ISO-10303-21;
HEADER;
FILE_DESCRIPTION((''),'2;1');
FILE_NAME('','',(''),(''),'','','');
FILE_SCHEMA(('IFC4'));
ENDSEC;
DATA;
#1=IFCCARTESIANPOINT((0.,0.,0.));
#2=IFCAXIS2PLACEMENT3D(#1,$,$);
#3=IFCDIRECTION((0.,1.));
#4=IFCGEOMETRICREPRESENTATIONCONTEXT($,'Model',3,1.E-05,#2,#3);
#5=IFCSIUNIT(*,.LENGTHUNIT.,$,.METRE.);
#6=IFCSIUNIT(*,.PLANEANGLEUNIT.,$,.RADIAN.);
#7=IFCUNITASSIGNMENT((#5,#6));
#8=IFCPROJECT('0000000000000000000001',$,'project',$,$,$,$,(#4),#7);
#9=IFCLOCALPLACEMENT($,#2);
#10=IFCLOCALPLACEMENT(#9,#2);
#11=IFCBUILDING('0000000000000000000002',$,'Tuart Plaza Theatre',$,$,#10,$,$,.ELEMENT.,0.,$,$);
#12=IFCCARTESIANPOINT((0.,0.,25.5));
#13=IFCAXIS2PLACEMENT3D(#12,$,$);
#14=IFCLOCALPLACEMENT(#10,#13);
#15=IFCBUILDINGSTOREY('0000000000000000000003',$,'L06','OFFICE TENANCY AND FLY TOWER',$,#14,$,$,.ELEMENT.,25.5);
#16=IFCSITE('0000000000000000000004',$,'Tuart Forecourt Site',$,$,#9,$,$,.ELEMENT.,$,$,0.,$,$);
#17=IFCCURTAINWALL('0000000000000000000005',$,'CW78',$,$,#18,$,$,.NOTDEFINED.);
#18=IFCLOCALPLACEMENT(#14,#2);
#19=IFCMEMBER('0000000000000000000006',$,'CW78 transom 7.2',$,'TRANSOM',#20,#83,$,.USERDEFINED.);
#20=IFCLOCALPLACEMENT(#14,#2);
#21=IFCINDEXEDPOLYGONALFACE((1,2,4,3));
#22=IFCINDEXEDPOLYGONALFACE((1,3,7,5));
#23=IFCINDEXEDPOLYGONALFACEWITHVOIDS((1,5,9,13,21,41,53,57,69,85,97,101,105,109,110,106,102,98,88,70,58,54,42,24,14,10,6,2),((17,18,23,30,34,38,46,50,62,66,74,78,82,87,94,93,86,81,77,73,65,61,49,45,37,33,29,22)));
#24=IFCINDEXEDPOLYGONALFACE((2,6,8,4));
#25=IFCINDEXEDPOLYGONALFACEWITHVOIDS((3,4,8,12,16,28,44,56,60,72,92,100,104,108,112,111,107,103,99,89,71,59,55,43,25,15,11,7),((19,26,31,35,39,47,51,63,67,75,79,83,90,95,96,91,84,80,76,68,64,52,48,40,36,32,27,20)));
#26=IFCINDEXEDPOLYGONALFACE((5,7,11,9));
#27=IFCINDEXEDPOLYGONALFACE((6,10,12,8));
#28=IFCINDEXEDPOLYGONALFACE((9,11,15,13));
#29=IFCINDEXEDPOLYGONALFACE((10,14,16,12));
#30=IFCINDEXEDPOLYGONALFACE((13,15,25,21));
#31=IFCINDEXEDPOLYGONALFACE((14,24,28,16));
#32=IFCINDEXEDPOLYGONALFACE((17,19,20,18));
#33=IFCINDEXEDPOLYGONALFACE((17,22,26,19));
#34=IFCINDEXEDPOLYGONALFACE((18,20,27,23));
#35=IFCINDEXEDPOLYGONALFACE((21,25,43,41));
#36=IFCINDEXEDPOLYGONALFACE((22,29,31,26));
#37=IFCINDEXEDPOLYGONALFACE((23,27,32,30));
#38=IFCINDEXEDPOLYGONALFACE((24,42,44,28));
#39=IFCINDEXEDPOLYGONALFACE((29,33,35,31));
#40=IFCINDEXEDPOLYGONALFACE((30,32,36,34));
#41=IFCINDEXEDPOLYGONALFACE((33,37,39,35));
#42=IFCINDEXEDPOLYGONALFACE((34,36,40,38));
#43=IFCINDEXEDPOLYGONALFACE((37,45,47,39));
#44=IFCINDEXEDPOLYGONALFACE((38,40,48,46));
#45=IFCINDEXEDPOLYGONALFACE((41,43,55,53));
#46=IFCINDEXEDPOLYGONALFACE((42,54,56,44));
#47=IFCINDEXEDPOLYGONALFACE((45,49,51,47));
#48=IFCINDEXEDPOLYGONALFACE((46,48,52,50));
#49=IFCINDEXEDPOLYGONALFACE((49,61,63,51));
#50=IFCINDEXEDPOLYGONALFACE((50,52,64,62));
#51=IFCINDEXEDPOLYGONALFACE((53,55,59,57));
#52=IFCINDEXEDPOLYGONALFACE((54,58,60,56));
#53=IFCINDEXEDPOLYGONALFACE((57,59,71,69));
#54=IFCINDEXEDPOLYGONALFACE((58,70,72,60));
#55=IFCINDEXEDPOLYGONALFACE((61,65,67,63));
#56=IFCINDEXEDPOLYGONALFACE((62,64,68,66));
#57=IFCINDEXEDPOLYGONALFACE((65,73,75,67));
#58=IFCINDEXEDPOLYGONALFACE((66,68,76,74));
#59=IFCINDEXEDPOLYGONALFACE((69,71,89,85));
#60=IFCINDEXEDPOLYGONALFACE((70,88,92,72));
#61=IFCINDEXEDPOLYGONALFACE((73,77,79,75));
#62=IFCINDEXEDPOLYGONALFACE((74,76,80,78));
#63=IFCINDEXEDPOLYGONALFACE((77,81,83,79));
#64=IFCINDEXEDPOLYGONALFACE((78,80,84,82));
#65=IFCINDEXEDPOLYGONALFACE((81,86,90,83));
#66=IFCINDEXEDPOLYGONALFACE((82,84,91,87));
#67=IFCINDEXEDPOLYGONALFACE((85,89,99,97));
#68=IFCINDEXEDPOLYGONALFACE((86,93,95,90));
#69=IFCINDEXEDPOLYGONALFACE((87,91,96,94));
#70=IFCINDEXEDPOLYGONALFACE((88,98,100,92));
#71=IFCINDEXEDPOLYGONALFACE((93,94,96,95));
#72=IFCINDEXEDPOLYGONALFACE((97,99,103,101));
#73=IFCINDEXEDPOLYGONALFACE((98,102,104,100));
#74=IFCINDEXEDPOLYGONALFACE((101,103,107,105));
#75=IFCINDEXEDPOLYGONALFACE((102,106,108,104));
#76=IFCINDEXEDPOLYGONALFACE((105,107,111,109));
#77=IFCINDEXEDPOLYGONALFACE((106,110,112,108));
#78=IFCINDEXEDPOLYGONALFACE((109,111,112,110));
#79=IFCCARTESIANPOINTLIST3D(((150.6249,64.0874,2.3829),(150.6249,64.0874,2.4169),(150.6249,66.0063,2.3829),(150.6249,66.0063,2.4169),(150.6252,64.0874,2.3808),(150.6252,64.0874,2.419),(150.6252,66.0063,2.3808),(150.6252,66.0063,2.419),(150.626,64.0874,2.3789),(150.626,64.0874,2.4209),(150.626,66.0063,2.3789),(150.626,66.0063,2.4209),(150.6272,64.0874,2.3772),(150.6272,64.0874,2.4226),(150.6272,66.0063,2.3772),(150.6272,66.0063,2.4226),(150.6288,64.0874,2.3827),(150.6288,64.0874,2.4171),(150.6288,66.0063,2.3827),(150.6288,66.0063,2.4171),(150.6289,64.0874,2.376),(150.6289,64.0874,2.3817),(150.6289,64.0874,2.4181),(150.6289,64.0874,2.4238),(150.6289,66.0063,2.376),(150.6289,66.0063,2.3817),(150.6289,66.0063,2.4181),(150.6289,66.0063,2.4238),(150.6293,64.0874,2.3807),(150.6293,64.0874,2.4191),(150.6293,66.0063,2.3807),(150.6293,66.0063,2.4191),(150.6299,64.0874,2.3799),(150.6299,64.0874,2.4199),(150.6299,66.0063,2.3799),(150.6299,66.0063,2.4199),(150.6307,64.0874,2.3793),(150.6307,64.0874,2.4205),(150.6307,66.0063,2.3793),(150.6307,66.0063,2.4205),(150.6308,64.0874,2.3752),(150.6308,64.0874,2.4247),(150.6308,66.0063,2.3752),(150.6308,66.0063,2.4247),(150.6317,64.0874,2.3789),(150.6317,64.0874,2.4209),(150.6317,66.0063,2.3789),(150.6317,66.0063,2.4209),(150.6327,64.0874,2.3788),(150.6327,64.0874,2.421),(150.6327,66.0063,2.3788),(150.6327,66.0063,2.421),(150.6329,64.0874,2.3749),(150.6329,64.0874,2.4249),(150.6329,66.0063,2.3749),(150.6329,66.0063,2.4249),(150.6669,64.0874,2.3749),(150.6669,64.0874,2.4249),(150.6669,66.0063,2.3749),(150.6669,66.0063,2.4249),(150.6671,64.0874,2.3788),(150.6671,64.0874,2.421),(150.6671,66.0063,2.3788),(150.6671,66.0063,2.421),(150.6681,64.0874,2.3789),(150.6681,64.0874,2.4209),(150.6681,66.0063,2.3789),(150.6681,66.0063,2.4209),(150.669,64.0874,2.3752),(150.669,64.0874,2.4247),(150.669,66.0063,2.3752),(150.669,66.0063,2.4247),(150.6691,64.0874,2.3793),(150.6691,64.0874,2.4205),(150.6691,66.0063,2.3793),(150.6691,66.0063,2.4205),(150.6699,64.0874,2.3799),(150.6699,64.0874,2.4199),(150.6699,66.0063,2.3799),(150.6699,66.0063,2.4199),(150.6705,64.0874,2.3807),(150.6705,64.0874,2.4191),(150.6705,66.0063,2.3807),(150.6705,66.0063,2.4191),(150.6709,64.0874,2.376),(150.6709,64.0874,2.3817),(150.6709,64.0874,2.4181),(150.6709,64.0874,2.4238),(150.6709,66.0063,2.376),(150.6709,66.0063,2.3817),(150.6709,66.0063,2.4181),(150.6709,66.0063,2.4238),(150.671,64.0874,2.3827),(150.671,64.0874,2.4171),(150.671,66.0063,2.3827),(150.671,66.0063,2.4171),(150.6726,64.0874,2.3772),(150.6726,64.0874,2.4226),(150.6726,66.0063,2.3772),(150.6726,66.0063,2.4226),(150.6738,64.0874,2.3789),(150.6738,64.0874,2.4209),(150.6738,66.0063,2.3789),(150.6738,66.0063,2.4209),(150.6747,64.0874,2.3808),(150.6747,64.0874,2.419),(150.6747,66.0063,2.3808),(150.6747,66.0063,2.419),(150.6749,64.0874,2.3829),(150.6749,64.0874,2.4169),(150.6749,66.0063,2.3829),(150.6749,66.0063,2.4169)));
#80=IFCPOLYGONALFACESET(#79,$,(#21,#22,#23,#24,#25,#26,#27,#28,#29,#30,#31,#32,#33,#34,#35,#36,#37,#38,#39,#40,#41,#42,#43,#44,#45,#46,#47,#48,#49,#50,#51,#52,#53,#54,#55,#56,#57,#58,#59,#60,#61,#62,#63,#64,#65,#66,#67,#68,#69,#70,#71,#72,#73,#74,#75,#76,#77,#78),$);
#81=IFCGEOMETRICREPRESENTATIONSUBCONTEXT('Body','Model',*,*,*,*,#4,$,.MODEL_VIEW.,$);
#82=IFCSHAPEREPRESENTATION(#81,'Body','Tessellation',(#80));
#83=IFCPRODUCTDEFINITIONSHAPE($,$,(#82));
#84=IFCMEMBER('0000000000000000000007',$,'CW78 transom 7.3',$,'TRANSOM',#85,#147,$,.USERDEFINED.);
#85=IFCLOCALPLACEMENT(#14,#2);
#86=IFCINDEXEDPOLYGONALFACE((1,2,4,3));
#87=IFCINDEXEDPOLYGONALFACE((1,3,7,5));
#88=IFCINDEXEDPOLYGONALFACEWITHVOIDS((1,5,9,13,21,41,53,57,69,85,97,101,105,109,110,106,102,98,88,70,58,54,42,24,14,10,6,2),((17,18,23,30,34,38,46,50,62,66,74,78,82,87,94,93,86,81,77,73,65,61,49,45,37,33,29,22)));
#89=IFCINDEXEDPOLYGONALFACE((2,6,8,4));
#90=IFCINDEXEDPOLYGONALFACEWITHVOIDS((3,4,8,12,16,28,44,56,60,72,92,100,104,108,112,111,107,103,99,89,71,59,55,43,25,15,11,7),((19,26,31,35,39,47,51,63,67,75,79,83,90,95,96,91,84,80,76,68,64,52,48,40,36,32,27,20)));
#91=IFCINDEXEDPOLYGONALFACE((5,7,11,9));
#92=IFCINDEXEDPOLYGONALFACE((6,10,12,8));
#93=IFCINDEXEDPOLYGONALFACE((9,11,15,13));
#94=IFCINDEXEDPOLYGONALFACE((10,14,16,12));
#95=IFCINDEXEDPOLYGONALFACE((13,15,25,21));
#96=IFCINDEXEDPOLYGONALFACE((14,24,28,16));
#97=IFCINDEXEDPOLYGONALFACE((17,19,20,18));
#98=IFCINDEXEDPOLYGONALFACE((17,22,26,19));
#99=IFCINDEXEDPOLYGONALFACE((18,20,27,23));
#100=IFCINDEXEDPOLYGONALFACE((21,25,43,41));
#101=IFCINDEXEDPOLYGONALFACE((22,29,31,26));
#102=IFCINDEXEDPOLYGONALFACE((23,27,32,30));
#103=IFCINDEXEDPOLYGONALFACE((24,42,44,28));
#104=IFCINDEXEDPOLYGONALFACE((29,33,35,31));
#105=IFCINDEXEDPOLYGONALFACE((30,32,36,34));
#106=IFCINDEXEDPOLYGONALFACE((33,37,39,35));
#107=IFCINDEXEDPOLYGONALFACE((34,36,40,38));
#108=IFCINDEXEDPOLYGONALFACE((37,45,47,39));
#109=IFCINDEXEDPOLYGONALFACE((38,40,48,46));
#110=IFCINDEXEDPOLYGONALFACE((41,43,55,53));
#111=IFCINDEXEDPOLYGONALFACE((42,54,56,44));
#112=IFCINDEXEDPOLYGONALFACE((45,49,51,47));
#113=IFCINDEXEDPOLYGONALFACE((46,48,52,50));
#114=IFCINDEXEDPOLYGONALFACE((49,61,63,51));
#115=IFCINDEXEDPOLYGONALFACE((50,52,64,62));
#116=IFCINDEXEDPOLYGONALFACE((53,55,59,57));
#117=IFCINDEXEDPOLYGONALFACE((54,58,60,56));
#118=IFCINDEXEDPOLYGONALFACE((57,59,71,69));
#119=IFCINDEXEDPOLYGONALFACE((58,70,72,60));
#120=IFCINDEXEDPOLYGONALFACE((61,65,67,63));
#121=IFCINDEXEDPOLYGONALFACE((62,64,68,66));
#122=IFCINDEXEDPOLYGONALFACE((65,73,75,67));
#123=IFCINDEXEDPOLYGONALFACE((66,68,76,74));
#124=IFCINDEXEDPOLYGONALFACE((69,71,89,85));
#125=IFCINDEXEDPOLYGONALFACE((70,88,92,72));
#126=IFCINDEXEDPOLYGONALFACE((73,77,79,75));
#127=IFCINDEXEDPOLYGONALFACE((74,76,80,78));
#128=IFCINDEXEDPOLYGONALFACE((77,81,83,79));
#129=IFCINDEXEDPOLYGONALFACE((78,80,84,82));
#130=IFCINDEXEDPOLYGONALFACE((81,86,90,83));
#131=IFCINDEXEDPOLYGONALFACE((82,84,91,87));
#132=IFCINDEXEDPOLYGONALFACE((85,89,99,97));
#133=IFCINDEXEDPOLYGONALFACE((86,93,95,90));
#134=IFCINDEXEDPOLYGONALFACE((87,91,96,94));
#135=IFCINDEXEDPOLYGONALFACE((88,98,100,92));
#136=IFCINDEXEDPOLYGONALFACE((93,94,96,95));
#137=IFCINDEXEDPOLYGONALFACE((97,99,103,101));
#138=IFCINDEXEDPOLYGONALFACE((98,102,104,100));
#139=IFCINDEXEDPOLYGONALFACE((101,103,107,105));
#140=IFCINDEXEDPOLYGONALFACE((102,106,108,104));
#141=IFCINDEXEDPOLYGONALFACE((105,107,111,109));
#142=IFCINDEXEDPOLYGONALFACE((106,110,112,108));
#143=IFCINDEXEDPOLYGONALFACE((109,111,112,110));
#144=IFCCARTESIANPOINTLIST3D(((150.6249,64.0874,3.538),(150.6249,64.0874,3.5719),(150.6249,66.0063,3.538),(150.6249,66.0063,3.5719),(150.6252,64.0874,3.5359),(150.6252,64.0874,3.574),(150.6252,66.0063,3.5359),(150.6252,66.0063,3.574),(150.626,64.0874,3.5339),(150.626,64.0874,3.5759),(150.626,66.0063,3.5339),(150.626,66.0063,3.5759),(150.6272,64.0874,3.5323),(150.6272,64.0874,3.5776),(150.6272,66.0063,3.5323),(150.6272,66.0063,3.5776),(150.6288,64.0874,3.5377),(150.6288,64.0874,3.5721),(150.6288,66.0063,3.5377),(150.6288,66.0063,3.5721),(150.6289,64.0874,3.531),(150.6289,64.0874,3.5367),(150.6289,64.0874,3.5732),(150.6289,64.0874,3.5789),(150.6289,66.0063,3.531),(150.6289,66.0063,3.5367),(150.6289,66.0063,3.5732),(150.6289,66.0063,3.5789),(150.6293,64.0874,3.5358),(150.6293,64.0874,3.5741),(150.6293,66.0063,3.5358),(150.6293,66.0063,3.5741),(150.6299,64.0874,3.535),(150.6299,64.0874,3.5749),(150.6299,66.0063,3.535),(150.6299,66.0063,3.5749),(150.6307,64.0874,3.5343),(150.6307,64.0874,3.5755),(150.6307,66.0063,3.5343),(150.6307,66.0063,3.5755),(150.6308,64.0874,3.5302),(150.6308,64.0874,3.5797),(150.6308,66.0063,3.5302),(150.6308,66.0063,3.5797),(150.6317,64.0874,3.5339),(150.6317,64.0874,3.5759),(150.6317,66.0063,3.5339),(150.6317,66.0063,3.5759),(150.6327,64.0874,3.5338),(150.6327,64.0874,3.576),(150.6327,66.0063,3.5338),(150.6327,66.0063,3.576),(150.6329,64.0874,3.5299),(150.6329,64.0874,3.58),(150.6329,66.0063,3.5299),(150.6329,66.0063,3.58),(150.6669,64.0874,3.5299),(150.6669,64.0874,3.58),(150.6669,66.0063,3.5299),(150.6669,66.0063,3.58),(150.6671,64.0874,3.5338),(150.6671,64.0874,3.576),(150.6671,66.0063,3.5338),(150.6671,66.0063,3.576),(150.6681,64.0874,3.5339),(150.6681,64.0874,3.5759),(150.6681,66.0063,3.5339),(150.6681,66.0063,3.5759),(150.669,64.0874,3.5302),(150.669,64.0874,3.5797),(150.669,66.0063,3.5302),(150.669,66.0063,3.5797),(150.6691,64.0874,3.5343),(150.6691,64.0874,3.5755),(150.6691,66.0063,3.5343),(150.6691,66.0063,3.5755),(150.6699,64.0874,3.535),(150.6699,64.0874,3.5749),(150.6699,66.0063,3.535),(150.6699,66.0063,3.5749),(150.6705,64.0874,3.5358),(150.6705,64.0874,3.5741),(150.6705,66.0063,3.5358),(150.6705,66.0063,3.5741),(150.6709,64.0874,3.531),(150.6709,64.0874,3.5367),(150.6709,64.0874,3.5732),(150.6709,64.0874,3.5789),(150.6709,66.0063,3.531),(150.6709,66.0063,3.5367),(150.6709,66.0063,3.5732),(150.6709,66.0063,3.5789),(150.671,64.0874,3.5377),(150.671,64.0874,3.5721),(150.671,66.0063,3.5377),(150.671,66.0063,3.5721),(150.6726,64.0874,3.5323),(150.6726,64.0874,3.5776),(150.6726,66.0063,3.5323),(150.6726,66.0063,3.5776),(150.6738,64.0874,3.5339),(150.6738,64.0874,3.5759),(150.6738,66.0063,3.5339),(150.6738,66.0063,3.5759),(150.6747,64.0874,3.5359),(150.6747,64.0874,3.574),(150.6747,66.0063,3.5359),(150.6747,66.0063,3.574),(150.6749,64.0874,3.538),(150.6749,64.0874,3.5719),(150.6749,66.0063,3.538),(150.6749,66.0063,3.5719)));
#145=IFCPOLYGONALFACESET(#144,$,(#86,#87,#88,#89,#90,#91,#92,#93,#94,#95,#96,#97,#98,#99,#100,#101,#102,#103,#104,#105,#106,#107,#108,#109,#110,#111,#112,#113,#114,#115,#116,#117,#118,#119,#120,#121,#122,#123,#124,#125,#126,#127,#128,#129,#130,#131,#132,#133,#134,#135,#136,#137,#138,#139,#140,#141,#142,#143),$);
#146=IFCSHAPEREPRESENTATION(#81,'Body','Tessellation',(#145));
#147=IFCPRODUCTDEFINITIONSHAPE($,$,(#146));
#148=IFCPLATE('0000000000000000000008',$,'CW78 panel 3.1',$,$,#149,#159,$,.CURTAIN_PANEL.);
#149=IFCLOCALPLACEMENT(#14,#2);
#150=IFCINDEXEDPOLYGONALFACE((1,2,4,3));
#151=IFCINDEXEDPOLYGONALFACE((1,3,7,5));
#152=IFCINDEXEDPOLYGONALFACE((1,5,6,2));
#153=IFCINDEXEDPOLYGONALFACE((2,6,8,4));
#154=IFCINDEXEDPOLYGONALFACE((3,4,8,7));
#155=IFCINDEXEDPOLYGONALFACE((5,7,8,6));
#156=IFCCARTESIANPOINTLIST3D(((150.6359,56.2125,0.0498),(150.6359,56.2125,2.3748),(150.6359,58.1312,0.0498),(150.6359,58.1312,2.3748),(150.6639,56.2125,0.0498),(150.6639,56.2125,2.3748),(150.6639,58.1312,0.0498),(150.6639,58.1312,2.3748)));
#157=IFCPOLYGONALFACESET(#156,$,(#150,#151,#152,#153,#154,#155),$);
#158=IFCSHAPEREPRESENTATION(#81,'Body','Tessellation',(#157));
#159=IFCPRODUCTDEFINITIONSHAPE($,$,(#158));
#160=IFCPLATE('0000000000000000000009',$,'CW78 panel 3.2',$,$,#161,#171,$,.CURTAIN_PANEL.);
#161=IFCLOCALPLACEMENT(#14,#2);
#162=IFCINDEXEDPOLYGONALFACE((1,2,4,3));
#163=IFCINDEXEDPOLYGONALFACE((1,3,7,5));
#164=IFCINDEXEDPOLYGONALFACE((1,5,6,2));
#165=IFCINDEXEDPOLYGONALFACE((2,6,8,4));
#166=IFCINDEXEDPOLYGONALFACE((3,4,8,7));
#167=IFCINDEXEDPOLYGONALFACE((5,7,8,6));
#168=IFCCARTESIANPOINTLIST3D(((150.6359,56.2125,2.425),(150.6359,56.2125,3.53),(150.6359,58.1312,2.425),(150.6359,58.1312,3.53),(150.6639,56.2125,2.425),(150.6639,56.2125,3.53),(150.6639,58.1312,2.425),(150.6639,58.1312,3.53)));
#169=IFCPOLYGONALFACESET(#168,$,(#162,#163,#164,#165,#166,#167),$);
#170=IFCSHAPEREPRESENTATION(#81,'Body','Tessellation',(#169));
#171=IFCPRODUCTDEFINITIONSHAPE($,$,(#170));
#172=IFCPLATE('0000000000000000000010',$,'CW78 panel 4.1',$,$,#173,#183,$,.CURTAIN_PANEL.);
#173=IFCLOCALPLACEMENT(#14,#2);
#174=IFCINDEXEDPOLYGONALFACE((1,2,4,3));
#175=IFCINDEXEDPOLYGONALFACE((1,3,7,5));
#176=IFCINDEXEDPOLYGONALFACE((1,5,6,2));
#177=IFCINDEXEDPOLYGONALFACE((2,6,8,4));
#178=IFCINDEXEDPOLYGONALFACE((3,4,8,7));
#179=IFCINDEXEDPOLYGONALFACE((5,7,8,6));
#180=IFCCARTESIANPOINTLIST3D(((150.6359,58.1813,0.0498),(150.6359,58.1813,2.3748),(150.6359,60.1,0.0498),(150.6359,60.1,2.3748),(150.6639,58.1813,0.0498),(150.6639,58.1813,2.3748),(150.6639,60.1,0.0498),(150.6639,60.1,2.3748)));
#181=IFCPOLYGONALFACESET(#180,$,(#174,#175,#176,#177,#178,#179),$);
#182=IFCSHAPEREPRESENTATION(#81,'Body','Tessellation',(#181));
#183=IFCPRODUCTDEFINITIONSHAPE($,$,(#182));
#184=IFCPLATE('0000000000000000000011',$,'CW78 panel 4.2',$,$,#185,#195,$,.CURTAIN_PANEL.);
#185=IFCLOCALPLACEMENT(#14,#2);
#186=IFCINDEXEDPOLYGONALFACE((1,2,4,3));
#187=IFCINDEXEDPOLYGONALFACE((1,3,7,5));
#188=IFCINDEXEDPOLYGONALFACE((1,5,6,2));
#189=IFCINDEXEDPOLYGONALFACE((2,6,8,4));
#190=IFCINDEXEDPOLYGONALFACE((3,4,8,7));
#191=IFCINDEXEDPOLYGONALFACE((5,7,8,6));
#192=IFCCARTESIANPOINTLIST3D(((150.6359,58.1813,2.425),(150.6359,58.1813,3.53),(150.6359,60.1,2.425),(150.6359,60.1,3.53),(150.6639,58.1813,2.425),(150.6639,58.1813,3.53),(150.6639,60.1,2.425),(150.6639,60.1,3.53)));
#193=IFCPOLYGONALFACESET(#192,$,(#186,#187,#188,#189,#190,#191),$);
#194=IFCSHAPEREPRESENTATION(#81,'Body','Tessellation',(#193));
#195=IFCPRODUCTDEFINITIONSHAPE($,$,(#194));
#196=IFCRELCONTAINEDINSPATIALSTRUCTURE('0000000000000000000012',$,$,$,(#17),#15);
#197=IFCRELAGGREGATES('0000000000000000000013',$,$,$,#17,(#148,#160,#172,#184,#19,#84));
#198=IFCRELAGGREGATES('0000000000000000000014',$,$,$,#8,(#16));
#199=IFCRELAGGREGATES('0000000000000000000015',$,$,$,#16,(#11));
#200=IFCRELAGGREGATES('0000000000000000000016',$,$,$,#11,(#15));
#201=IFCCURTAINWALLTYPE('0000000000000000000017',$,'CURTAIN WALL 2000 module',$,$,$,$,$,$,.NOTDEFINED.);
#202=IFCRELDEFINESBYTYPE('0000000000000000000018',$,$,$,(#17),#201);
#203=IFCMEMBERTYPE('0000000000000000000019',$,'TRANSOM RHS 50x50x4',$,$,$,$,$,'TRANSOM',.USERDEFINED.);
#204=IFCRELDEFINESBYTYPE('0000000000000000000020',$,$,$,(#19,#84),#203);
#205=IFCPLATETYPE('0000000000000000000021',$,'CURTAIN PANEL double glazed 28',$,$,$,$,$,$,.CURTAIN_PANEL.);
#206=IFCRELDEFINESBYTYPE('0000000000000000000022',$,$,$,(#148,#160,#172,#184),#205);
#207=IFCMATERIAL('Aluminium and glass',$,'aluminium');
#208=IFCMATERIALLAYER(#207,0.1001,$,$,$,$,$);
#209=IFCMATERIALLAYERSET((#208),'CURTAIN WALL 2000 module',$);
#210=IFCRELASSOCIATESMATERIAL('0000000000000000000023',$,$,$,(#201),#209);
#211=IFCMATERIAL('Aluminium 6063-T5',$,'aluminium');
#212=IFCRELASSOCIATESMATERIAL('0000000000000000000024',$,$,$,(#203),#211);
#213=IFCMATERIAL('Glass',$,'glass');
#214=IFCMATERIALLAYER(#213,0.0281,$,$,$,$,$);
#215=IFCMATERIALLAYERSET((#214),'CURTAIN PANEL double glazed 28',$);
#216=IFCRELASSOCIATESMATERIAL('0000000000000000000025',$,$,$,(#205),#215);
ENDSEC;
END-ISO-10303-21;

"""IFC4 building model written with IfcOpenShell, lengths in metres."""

from ifc_helpers import new_model, si_unit, direction, frame, origin, origin_2d, place, context, subcontext, project, spatial, rectangle, hollow_rectangle, extrude, material, layer, layer_set, material_profile, profile_set, type_object, element, aggregate, save


model = new_model("IFC4")

# Units and contexts
model_context = context("Model", 3, precision=1e-05, world=origin(), true_north=direction((0.0, 1.0)))
body_context = subcontext(model_context, "Body", "Model", "MODEL_VIEW")
ifc_project = project(units=[si_unit("LENGTHUNIT", "METRE"), si_unit("PLANEANGLEUNIT", "RADIAN")], contexts=[model_context])

# Site, building, storey
site_placement = place(None, origin())
site = spatial("IfcSite", under=ifc_project, at=site_placement, Name="Tuart Forecourt Site", CompositionType="ELEMENT", RefElevation=0.0)
building_placement = place(site_placement, origin())
building = spatial("IfcBuilding", under=site, at=building_placement, Name="Tuart Plaza Theatre", CompositionType="ELEMENT", ElevationOfRefHeight=0.0)
storey_placement = place(building_placement, frame((0.0, 0.0, 25.5)))
storey = spatial("IfcBuildingStorey", under=building, at=storey_placement, Name="L06", Description="OFFICE TENANCY AND FLY TOWER", CompositionType="ELEMENT", Elevation=25.5)

# Curtain wall, members, plates
ifc_material_1 = material(Name="Aluminium and glass", Category="aluminium")
ifc_layer_1 = layer(ifc_material_1, 0.1001)
ifc_layer_set_1 = layer_set([ifc_layer_1], Name="CURTAIN WALL 2000 module")
curtain_wall_type = type_object("IfcCurtainWallType", Name="CURTAIN WALL 2000 module", PredefinedType="NOTDEFINED", material=ifc_layer_set_1)
curtain_wall_placement = place(storey_placement, origin())
curtain_wall = element("IfcCurtainWall", 1, at=curtain_wall_placement, inside=storey, type_object=curtain_wall_type, Name="CW78", PredefinedType="NOTDEFINED")
ifc_material_2 = material(Name="Aluminium 6063-T5", Category="aluminium")
ifc_material_profile_1 = material_profile(ifc_material_2, hollow_rectangle(XDim=0.05, YDim=0.05, WallThickness=0.0039, InnerFilletRadius=0.0039, OuterFilletRadius=0.0081, at=origin_2d()), Name="RHS 50x50x4")
ifc_profile_set_1 = profile_set([ifc_material_profile_1], Name="Aluminium 6063-T5")
member_type_1 = type_object("IfcMemberType", Name="TRANSOM RHS 50x50x4", ElementType="TRANSOM", PredefinedType="USERDEFINED", material=ifc_profile_set_1)
member_1_placement = place(storey_placement, frame((150.6499, 64.0874, 2.3999), z_axis=(0.0, 1.0, 0.0), x_axis=(-1.0, 0.0, 0.0)))
member_1 = element("IfcMember", 2, at=member_1_placement, type_object=member_type_1, Name="CW78 transom 7.2", ObjectType="TRANSOM", PredefinedType="USERDEFINED", context=body_context, shape_type="SweptSolid", body=[
    extrude(hollow_rectangle(XDim=0.05, YDim=0.05, WallThickness=0.0039, InnerFilletRadius=0.0039, OuterFilletRadius=0.0081, at=origin_2d()), origin(), (0.0, 0.0, 1.0), 1.9189),
])
member_2_placement = place(storey_placement, frame((150.6499, 64.0874, 3.5549), z_axis=(0.0, 1.0, 0.0), x_axis=(-1.0, 0.0, 0.0)))
member_2 = element("IfcMember", 3, at=member_2_placement, type_object=member_type_1, Name="CW78 transom 7.3", ObjectType="TRANSOM", PredefinedType="USERDEFINED", context=body_context, shape_type="SweptSolid", body=[
    extrude(hollow_rectangle(XDim=0.05, YDim=0.05, WallThickness=0.0039, InnerFilletRadius=0.0039, OuterFilletRadius=0.0081, at=origin_2d()), origin(), (0.0, 0.0, 1.0), 1.9189),
])
ifc_material_3 = material(Name="Glass", Category="glass")
ifc_layer_2 = layer(ifc_material_3, 0.0281)
ifc_layer_set_2 = layer_set([ifc_layer_2], Name="CURTAIN PANEL double glazed 28")
plate_type = type_object("IfcPlateType", Name="CURTAIN PANEL double glazed 28", PredefinedType="CURTAIN_PANEL", material=ifc_layer_set_2)
plate_1_placement = place(storey_placement, frame((150.6499, 57.1719, 0.0498), z_axis=(0.0, 0.0, 1.0), x_axis=(0.0, 1.0, 0.0)))
plate_1 = element("IfcPlate", 4, at=plate_1_placement, type_object=plate_type, Name="CW78 panel 3.1", PredefinedType="CURTAIN_PANEL", context=body_context, shape_type="SweptSolid", body=[
    extrude(rectangle(XDim=1.9187, YDim=0.0281, at=origin_2d()), origin(), (0.0, 0.0, 1.0), 2.325),
])
plate_2_placement = place(storey_placement, frame((150.6499, 57.1719, 2.425), z_axis=(0.0, 0.0, 1.0), x_axis=(0.0, 1.0, 0.0)))
plate_2 = element("IfcPlate", 5, at=plate_2_placement, type_object=plate_type, Name="CW78 panel 3.2", PredefinedType="CURTAIN_PANEL", context=body_context, shape_type="SweptSolid", body=[
    extrude(rectangle(XDim=1.9187, YDim=0.0281, at=origin_2d()), origin(), (0.0, 0.0, 1.0), 1.105),
])
plate_3_placement = place(storey_placement, frame((150.6499, 59.1406, 0.0498), z_axis=(0.0, 0.0, 1.0), x_axis=(0.0, 1.0, 0.0)))
plate_3 = element("IfcPlate", 6, at=plate_3_placement, type_object=plate_type, Name="CW78 panel 4.1", PredefinedType="CURTAIN_PANEL", context=body_context, shape_type="SweptSolid", body=[
    extrude(rectangle(XDim=1.9187, YDim=0.0281, at=origin_2d()), origin(), (0.0, 0.0, 1.0), 2.325),
])
plate_4_placement = place(storey_placement, frame((150.6499, 59.1406, 2.425), z_axis=(0.0, 0.0, 1.0), x_axis=(0.0, 1.0, 0.0)))
plate_4 = element("IfcPlate", 7, at=plate_4_placement, type_object=plate_type, Name="CW78 panel 4.2", PredefinedType="CURTAIN_PANEL", context=body_context, shape_type="SweptSolid", body=[
    extrude(rectangle(XDim=1.9187, YDim=0.0281, at=origin_2d()), origin(), (0.0, 0.0, 1.0), 1.105),
])
aggregate(curtain_wall, [plate_1, plate_2, plate_3, plate_4, member_1, member_2])

save(model, "model.ifc")
